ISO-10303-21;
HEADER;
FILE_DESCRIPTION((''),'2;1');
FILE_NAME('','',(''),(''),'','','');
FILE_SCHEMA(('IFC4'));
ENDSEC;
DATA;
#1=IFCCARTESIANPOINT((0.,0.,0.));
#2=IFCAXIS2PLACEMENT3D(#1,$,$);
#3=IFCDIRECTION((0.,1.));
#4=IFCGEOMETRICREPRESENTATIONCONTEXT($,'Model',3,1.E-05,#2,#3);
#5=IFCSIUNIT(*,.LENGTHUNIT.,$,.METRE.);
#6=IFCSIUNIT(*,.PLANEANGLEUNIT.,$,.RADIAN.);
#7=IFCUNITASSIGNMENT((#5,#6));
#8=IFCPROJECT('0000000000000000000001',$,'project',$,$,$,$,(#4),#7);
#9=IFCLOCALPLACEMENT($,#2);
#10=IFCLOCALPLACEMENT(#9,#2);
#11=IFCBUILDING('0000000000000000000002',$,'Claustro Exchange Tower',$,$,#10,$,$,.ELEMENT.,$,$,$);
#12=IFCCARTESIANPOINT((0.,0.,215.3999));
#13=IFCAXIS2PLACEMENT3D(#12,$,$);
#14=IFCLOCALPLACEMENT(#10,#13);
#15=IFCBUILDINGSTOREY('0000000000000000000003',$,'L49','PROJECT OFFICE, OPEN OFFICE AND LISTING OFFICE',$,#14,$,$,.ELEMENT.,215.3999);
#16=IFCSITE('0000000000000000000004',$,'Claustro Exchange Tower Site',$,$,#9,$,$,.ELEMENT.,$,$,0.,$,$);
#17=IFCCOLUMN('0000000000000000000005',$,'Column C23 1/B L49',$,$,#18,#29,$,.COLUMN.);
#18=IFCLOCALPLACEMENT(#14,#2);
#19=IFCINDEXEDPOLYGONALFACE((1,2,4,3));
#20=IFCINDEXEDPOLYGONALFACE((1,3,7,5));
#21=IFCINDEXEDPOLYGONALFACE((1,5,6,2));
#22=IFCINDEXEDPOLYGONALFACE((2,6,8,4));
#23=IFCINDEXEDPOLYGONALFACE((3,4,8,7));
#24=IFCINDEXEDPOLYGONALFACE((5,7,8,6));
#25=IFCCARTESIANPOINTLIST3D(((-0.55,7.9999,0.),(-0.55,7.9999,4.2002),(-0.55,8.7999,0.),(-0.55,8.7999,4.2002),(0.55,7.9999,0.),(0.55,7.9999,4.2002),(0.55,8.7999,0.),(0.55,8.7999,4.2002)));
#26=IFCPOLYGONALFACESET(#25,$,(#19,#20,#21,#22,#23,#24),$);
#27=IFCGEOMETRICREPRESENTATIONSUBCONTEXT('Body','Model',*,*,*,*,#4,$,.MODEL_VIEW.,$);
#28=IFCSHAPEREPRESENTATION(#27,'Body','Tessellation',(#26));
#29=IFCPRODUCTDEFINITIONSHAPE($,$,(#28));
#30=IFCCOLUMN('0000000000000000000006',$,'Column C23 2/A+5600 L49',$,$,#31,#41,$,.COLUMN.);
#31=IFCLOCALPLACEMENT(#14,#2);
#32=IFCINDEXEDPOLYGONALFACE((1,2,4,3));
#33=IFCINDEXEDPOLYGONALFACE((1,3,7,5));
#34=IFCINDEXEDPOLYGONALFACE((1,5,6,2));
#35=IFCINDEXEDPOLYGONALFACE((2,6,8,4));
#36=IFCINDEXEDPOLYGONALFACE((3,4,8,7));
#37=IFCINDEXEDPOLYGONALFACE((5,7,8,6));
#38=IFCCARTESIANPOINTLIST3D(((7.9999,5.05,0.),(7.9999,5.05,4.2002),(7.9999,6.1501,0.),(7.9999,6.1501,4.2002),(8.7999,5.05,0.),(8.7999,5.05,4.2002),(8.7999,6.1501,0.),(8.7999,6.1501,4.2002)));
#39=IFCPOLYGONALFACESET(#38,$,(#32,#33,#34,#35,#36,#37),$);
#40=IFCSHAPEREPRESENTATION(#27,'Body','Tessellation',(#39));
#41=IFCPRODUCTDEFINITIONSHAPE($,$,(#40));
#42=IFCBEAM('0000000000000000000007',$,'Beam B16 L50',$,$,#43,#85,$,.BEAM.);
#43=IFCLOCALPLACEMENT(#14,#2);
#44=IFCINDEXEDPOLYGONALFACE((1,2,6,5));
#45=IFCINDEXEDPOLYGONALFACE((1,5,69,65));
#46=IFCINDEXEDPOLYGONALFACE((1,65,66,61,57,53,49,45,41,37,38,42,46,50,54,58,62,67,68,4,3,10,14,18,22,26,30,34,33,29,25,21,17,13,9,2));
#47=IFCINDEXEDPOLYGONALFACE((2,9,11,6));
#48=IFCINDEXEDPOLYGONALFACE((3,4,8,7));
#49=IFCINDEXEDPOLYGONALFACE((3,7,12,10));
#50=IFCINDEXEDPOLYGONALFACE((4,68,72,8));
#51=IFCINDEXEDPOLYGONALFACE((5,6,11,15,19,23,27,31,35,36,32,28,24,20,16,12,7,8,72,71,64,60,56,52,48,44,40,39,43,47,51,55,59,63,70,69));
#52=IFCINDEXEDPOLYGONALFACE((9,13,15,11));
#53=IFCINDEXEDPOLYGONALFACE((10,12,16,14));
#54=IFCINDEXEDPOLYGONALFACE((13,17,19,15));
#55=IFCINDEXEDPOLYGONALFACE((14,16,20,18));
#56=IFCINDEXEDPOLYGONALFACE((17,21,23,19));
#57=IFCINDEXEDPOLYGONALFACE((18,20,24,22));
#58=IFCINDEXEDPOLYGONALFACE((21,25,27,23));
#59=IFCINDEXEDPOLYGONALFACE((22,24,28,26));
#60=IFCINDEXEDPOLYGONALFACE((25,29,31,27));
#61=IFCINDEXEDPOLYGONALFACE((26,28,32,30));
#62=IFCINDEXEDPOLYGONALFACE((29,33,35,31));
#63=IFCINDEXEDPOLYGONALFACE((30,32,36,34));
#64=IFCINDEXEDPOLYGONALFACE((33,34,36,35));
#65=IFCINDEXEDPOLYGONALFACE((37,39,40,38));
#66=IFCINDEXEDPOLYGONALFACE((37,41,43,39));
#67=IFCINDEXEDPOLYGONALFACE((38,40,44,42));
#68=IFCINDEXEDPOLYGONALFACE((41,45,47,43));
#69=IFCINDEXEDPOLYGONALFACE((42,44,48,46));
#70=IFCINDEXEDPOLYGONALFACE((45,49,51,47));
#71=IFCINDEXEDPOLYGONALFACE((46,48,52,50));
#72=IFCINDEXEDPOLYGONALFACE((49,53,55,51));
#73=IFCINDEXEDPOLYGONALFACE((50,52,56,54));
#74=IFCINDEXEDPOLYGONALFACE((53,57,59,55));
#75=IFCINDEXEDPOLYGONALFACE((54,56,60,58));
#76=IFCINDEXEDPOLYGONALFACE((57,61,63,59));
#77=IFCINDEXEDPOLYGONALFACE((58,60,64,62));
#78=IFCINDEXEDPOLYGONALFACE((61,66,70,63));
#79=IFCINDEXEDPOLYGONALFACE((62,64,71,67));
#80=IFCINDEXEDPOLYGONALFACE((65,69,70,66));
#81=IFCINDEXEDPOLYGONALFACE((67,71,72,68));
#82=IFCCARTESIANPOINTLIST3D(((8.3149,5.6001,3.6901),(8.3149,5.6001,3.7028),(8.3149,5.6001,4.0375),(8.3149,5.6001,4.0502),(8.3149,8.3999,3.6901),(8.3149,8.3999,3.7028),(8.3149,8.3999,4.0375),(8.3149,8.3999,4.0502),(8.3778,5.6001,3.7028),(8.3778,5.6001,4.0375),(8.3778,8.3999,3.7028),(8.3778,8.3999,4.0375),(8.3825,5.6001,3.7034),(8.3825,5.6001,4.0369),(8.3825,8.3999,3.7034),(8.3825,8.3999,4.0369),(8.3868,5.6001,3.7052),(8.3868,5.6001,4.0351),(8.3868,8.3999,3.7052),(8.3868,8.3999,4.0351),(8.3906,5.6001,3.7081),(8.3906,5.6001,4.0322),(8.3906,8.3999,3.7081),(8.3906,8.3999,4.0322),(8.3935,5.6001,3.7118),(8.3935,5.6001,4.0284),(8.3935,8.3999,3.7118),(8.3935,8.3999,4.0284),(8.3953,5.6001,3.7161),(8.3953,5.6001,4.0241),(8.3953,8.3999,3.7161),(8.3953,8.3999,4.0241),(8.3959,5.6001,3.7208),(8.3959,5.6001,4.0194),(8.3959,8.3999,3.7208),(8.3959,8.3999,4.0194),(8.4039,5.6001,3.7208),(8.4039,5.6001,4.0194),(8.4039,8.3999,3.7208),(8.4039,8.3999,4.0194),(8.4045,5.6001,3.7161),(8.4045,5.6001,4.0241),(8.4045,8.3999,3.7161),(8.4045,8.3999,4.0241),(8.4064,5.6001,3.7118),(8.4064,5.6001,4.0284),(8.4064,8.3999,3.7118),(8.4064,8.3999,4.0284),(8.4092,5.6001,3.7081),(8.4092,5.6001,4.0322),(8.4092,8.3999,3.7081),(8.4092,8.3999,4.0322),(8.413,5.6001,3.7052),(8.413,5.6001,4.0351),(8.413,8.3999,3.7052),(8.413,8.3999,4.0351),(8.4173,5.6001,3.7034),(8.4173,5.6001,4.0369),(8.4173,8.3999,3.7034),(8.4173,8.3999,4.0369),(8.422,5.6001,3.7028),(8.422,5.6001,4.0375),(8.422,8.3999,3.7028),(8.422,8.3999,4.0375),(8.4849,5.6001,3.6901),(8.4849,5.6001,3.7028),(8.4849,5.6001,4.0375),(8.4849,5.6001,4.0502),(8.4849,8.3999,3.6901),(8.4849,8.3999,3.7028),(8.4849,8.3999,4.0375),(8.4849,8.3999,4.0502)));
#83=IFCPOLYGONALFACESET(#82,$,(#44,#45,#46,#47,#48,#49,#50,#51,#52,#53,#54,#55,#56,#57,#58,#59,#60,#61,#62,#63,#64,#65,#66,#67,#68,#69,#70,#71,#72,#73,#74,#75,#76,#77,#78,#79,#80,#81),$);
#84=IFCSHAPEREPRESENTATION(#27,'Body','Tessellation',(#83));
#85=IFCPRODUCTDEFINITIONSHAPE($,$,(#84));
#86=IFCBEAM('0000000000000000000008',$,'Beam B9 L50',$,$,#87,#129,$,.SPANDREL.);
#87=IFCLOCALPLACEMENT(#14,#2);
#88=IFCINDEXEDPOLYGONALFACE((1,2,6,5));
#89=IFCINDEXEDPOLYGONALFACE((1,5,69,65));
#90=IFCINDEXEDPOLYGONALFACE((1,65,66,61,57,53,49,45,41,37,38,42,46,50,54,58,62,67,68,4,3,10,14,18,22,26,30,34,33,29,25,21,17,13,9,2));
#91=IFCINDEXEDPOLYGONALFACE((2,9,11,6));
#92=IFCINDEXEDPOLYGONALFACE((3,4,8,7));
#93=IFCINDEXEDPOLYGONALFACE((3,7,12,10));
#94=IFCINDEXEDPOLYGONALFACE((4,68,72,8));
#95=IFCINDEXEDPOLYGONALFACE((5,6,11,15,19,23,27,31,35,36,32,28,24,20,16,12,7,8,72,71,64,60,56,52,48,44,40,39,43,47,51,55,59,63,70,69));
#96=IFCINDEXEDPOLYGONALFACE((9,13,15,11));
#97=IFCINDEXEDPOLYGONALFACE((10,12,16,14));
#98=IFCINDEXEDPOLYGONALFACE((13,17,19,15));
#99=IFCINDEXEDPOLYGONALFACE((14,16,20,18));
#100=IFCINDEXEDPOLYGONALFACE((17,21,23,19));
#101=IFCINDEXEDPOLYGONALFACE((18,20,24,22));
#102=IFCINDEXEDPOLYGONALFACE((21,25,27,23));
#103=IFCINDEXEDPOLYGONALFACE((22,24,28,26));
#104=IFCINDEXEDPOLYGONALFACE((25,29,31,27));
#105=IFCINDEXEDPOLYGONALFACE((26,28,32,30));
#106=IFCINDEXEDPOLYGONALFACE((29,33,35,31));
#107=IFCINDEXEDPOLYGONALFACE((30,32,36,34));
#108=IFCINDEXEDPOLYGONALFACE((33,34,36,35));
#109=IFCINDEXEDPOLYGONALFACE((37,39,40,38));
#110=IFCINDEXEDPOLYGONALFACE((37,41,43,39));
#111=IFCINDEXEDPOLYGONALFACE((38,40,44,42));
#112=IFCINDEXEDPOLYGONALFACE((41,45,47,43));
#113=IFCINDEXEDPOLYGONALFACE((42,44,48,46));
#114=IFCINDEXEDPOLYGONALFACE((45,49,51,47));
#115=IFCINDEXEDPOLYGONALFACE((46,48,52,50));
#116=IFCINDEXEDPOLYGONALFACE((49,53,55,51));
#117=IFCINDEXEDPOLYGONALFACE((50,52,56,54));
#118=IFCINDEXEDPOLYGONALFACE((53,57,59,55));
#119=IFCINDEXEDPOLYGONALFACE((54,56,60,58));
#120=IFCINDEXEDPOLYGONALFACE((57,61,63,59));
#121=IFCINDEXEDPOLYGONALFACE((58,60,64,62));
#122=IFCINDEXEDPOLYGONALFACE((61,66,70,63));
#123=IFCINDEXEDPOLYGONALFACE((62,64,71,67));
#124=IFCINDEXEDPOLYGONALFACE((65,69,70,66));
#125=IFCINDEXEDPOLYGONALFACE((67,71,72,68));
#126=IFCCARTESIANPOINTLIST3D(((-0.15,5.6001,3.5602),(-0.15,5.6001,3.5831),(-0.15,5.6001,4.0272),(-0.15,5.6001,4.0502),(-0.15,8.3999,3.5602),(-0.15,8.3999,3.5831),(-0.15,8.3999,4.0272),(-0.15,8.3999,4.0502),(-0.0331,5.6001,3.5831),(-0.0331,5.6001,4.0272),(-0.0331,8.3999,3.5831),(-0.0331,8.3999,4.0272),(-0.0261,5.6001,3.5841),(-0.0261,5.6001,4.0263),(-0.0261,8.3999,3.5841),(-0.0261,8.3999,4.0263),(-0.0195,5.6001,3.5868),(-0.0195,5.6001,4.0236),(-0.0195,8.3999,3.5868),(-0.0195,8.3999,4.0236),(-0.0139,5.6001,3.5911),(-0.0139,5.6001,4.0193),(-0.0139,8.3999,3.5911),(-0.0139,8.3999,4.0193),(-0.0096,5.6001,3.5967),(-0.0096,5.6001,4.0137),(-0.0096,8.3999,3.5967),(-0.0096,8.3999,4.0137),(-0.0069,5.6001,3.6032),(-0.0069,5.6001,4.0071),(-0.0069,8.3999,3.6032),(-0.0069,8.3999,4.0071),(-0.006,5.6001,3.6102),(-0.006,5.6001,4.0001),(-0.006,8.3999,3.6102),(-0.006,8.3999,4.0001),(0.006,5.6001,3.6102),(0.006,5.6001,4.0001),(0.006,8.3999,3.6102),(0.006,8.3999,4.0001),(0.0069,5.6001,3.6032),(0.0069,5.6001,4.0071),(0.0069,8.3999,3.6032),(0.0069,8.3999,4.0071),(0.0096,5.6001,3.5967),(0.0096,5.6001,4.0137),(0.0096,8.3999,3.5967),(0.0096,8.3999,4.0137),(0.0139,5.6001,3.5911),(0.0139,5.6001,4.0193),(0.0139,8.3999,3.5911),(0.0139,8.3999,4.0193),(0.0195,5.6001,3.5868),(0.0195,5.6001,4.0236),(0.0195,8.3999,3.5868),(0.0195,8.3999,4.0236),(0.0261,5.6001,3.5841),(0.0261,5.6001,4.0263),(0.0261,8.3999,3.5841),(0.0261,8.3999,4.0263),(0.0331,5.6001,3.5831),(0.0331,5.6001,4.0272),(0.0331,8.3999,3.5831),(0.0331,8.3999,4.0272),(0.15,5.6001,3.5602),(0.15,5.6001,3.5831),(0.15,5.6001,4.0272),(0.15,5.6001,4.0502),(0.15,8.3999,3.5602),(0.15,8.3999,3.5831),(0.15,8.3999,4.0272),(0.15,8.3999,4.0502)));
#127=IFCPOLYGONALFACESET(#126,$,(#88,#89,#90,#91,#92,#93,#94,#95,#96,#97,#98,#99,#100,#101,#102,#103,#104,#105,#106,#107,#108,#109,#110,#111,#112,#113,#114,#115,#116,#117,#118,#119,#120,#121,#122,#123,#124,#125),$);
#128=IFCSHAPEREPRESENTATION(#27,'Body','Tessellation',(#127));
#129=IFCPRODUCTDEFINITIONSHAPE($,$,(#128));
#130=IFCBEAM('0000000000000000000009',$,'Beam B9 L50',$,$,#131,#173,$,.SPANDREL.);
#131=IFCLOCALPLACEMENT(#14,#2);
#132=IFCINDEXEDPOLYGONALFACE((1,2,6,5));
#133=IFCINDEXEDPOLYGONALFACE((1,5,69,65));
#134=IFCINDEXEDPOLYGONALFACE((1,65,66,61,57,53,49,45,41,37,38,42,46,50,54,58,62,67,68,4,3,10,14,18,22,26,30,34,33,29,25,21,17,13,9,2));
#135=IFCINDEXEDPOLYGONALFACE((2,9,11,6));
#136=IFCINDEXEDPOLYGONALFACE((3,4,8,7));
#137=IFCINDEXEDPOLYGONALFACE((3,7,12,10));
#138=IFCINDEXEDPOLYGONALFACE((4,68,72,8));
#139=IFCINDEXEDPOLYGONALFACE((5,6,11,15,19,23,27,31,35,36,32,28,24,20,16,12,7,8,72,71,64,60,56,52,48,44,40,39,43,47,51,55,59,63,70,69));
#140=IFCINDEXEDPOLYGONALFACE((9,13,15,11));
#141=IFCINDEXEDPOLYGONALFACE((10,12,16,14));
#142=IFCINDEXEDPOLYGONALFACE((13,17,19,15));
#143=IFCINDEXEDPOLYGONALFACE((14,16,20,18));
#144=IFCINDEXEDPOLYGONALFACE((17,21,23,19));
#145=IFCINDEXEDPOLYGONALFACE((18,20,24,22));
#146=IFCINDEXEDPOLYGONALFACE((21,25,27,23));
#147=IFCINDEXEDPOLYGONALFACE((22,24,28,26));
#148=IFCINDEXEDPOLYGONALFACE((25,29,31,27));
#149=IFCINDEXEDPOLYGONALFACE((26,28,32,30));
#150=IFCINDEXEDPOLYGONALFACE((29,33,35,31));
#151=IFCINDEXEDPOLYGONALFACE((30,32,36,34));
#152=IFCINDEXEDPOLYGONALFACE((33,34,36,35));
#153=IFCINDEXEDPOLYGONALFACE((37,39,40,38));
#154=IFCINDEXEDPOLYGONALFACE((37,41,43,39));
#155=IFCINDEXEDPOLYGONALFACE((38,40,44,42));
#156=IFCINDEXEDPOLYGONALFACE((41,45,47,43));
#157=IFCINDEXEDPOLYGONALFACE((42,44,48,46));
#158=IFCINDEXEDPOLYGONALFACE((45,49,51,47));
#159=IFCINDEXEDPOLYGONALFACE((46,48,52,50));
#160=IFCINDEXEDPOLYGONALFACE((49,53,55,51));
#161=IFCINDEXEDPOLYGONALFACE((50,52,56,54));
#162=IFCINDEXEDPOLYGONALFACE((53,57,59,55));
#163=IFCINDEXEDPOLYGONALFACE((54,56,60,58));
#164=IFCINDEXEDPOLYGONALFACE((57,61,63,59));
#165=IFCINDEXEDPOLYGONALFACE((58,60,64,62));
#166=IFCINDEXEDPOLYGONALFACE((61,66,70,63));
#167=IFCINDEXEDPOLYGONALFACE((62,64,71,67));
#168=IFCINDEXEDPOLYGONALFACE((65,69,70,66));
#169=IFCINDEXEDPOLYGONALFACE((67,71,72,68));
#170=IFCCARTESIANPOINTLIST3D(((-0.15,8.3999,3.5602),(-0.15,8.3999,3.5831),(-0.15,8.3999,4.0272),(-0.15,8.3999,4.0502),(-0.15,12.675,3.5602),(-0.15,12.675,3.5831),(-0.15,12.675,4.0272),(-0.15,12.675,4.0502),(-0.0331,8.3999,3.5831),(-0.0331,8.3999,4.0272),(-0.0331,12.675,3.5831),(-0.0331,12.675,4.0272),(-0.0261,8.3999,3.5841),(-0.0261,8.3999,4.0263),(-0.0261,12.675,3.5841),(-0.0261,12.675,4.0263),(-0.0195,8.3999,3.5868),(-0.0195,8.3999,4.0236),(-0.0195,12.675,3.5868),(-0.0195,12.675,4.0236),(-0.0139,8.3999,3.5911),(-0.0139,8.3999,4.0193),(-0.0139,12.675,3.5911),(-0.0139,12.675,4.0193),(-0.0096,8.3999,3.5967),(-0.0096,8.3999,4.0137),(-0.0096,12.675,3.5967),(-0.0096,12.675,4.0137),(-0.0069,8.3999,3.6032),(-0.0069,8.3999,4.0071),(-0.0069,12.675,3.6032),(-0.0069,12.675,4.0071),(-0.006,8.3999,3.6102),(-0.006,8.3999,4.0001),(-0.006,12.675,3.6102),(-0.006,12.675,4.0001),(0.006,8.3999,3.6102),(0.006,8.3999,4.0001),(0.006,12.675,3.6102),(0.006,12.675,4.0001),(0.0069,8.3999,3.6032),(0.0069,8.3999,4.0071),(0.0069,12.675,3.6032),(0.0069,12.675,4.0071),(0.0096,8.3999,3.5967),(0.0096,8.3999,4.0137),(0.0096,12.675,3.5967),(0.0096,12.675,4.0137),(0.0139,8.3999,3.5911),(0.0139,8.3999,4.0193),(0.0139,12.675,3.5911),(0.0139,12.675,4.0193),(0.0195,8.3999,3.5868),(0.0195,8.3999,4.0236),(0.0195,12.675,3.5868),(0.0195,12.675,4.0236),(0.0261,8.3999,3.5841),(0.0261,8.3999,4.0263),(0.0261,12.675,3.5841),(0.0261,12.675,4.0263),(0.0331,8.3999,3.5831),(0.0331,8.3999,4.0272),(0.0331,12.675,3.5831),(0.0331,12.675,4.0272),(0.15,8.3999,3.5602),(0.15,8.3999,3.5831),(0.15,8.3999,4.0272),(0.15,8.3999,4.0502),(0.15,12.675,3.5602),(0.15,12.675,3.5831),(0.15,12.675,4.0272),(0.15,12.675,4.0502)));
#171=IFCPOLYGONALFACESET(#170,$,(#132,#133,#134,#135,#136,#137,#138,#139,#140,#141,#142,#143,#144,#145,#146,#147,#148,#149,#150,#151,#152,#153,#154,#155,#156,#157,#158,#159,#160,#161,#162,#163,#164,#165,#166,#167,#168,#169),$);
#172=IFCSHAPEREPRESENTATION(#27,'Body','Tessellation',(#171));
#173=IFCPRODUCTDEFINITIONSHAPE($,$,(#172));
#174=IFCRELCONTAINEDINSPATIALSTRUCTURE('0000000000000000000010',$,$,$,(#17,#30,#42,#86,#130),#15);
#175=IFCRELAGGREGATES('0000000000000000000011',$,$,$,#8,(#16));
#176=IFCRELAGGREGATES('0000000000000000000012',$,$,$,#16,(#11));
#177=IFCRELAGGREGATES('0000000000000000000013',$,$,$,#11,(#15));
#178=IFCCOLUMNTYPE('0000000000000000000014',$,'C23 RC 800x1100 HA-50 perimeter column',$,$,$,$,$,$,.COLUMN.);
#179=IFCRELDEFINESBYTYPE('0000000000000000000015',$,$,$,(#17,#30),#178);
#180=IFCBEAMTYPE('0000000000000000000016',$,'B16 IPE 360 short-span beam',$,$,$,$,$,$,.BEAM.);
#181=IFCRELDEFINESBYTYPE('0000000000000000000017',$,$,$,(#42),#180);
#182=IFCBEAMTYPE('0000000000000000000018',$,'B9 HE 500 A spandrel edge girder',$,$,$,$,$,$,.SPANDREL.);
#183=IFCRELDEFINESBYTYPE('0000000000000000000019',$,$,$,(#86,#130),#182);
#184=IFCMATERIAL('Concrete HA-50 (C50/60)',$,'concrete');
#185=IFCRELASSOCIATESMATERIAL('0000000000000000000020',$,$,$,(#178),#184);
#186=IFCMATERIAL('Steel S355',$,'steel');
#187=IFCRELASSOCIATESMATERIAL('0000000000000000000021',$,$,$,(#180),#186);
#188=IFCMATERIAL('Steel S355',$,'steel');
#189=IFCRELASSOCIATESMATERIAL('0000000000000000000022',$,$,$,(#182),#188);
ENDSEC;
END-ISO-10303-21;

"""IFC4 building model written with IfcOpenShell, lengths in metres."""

from ifc_helpers import new_model, si_unit, direction, frame, origin, origin_2d, place, context, subcontext, project, spatial, rectangle, i_section, extrude, material, material_profile, profile_set, type_object, element, save


model = new_model("IFC4")

# Units and contexts
model_context = context("Model", 3, precision=1e-05, world=origin(), true_north=direction((0.0, 1.0)))
body_context = subcontext(model_context, "Body", "Model", "MODEL_VIEW")
ifc_project = project(units=[si_unit("LENGTHUNIT", "METRE"), si_unit("PLANEANGLEUNIT", "RADIAN")], contexts=[model_context])

# Site, building, storey
site_placement = place(None, origin())
site = spatial("IfcSite", under=ifc_project, at=site_placement, Name="Claustro Exchange Tower Site", CompositionType="ELEMENT", RefElevation=0.0)
building_placement = place(site_placement, origin())
building = spatial("IfcBuilding", under=site, at=building_placement, Name="Claustro Exchange Tower", CompositionType="ELEMENT")
storey_placement = place(building_placement, frame((0.0, 0.0, 215.3999)))
storey = spatial("IfcBuildingStorey", under=building, at=storey_placement, Name="L49", Description="PROJECT OFFICE, OPEN OFFICE AND LISTING OFFICE", CompositionType="ELEMENT", Elevation=215.3999)

# Columns
ifc_material_1 = material(Name="Concrete HA-50 (C50/60)", Category="concrete")
ifc_material_profile_1 = material_profile(ifc_material_1, rectangle(XDim=0.8, YDim=1.1001, at=origin_2d()), Name="RC 800x1100")
ifc_profile_set_1 = profile_set([ifc_material_profile_1], Name="Concrete HA-50 (C50/60)")
column_type = type_object("IfcColumnType", Name="C23 RC 800x1100 HA-50 perimeter column", PredefinedType="COLUMN", material=ifc_profile_set_1)
for number, where, z_axis, x_axis, name in (
    (1, (0.0, 8.3999, 0.0), (0.0, 0.0, 1.0), (0.0, 1.0, 0.0), "Column C23 1/B L49"),
    (2, (8.3999, 5.6001, 0.0), (0.0, 0.0, 1.0), (1.0, 0.0, 0.0), "Column C23 2/A+5600 L49"),
):
    element("IfcColumn", number, at=place(storey_placement, frame(where, z_axis=z_axis, x_axis=x_axis)), inside=storey, type_object=column_type, Name=name, PredefinedType="COLUMN", context=body_context, shape_type="SweptSolid", body=[
        extrude(rectangle(XDim=0.8, YDim=1.1001, at=origin_2d()), origin(), (0.0, 0.0, 1.0), 4.2002),
    ])

# Beams
ifc_material_2 = material(Name="Steel S355", Category="steel")
ifc_material_profile_2 = material_profile(ifc_material_2, i_section(OverallWidth=0.1699, OverallDepth=0.3601, WebThickness=0.0081, FlangeThickness=0.0127, FilletRadius=0.0181, at=origin_2d()), Name="IPE 360")
ifc_profile_set_2 = profile_set([ifc_material_profile_2], Name="Steel S355")
beam_type_1 = type_object("IfcBeamType", Name="B16 IPE 360 short-span beam", PredefinedType="BEAM", material=ifc_profile_set_2)
beam_1_placement = place(storey_placement, frame((8.3999, 5.6001, 3.8701), z_axis=(0.0, 1.0, 0.0), x_axis=(-1.0, 0.0, 0.0)))
element("IfcBeam", 3, at=beam_1_placement, inside=storey, type_object=beam_type_1, Name="Beam B16 L50", PredefinedType="BEAM", context=body_context, shape_type="SweptSolid", body=[
    extrude(i_section(OverallWidth=0.1699, OverallDepth=0.3601, WebThickness=0.0081, FlangeThickness=0.0127, FilletRadius=0.0181, at=origin_2d()), origin(), (0.0, 0.0, 1.0), 2.7998),
])
ifc_material_3 = material(Name="Steel S355", Category="steel")
ifc_material_profile_3 = material_profile(ifc_material_3, i_section(OverallWidth=0.3, OverallDepth=0.49, WebThickness=0.012, FlangeThickness=0.0229, FilletRadius=0.0271, at=origin_2d()), Name="HE 500 A")
ifc_profile_set_3 = profile_set([ifc_material_profile_3], Name="Steel S355")
beam_type_2 = type_object("IfcBeamType", Name="B9 HE 500 A spandrel edge girder", PredefinedType="SPANDREL", material=ifc_profile_set_3)
beam_2_placement = place(storey_placement, frame((0.0, 5.6001, 3.8052), z_axis=(0.0, 1.0, 0.0), x_axis=(-1.0, 0.0, 0.0)))
element("IfcBeam", 4, at=beam_2_placement, inside=storey, type_object=beam_type_2, Name="Beam B9 L50", PredefinedType="SPANDREL", context=body_context, shape_type="SweptSolid", body=[
    extrude(i_section(OverallWidth=0.3, OverallDepth=0.49, WebThickness=0.012, FlangeThickness=0.0229, FilletRadius=0.0271, at=origin_2d()), origin(), (0.0, 0.0, 1.0), 2.7998),
])
beam_3_placement = place(storey_placement, frame((0.0, 8.3999, 3.8052), z_axis=(0.0, 1.0, 0.0), x_axis=(-1.0, 0.0, 0.0)))
element("IfcBeam", 5, at=beam_3_placement, inside=storey, type_object=beam_type_2, Name="Beam B9 L50", PredefinedType="SPANDREL", context=body_context, shape_type="SweptSolid", body=[
    extrude(i_section(OverallWidth=0.3, OverallDepth=0.49, WebThickness=0.012, FlangeThickness=0.0229, FilletRadius=0.0271, at=origin_2d()), origin(), (0.0, 0.0, 1.0), 4.2751),
])

save(model, "model.ifc")
